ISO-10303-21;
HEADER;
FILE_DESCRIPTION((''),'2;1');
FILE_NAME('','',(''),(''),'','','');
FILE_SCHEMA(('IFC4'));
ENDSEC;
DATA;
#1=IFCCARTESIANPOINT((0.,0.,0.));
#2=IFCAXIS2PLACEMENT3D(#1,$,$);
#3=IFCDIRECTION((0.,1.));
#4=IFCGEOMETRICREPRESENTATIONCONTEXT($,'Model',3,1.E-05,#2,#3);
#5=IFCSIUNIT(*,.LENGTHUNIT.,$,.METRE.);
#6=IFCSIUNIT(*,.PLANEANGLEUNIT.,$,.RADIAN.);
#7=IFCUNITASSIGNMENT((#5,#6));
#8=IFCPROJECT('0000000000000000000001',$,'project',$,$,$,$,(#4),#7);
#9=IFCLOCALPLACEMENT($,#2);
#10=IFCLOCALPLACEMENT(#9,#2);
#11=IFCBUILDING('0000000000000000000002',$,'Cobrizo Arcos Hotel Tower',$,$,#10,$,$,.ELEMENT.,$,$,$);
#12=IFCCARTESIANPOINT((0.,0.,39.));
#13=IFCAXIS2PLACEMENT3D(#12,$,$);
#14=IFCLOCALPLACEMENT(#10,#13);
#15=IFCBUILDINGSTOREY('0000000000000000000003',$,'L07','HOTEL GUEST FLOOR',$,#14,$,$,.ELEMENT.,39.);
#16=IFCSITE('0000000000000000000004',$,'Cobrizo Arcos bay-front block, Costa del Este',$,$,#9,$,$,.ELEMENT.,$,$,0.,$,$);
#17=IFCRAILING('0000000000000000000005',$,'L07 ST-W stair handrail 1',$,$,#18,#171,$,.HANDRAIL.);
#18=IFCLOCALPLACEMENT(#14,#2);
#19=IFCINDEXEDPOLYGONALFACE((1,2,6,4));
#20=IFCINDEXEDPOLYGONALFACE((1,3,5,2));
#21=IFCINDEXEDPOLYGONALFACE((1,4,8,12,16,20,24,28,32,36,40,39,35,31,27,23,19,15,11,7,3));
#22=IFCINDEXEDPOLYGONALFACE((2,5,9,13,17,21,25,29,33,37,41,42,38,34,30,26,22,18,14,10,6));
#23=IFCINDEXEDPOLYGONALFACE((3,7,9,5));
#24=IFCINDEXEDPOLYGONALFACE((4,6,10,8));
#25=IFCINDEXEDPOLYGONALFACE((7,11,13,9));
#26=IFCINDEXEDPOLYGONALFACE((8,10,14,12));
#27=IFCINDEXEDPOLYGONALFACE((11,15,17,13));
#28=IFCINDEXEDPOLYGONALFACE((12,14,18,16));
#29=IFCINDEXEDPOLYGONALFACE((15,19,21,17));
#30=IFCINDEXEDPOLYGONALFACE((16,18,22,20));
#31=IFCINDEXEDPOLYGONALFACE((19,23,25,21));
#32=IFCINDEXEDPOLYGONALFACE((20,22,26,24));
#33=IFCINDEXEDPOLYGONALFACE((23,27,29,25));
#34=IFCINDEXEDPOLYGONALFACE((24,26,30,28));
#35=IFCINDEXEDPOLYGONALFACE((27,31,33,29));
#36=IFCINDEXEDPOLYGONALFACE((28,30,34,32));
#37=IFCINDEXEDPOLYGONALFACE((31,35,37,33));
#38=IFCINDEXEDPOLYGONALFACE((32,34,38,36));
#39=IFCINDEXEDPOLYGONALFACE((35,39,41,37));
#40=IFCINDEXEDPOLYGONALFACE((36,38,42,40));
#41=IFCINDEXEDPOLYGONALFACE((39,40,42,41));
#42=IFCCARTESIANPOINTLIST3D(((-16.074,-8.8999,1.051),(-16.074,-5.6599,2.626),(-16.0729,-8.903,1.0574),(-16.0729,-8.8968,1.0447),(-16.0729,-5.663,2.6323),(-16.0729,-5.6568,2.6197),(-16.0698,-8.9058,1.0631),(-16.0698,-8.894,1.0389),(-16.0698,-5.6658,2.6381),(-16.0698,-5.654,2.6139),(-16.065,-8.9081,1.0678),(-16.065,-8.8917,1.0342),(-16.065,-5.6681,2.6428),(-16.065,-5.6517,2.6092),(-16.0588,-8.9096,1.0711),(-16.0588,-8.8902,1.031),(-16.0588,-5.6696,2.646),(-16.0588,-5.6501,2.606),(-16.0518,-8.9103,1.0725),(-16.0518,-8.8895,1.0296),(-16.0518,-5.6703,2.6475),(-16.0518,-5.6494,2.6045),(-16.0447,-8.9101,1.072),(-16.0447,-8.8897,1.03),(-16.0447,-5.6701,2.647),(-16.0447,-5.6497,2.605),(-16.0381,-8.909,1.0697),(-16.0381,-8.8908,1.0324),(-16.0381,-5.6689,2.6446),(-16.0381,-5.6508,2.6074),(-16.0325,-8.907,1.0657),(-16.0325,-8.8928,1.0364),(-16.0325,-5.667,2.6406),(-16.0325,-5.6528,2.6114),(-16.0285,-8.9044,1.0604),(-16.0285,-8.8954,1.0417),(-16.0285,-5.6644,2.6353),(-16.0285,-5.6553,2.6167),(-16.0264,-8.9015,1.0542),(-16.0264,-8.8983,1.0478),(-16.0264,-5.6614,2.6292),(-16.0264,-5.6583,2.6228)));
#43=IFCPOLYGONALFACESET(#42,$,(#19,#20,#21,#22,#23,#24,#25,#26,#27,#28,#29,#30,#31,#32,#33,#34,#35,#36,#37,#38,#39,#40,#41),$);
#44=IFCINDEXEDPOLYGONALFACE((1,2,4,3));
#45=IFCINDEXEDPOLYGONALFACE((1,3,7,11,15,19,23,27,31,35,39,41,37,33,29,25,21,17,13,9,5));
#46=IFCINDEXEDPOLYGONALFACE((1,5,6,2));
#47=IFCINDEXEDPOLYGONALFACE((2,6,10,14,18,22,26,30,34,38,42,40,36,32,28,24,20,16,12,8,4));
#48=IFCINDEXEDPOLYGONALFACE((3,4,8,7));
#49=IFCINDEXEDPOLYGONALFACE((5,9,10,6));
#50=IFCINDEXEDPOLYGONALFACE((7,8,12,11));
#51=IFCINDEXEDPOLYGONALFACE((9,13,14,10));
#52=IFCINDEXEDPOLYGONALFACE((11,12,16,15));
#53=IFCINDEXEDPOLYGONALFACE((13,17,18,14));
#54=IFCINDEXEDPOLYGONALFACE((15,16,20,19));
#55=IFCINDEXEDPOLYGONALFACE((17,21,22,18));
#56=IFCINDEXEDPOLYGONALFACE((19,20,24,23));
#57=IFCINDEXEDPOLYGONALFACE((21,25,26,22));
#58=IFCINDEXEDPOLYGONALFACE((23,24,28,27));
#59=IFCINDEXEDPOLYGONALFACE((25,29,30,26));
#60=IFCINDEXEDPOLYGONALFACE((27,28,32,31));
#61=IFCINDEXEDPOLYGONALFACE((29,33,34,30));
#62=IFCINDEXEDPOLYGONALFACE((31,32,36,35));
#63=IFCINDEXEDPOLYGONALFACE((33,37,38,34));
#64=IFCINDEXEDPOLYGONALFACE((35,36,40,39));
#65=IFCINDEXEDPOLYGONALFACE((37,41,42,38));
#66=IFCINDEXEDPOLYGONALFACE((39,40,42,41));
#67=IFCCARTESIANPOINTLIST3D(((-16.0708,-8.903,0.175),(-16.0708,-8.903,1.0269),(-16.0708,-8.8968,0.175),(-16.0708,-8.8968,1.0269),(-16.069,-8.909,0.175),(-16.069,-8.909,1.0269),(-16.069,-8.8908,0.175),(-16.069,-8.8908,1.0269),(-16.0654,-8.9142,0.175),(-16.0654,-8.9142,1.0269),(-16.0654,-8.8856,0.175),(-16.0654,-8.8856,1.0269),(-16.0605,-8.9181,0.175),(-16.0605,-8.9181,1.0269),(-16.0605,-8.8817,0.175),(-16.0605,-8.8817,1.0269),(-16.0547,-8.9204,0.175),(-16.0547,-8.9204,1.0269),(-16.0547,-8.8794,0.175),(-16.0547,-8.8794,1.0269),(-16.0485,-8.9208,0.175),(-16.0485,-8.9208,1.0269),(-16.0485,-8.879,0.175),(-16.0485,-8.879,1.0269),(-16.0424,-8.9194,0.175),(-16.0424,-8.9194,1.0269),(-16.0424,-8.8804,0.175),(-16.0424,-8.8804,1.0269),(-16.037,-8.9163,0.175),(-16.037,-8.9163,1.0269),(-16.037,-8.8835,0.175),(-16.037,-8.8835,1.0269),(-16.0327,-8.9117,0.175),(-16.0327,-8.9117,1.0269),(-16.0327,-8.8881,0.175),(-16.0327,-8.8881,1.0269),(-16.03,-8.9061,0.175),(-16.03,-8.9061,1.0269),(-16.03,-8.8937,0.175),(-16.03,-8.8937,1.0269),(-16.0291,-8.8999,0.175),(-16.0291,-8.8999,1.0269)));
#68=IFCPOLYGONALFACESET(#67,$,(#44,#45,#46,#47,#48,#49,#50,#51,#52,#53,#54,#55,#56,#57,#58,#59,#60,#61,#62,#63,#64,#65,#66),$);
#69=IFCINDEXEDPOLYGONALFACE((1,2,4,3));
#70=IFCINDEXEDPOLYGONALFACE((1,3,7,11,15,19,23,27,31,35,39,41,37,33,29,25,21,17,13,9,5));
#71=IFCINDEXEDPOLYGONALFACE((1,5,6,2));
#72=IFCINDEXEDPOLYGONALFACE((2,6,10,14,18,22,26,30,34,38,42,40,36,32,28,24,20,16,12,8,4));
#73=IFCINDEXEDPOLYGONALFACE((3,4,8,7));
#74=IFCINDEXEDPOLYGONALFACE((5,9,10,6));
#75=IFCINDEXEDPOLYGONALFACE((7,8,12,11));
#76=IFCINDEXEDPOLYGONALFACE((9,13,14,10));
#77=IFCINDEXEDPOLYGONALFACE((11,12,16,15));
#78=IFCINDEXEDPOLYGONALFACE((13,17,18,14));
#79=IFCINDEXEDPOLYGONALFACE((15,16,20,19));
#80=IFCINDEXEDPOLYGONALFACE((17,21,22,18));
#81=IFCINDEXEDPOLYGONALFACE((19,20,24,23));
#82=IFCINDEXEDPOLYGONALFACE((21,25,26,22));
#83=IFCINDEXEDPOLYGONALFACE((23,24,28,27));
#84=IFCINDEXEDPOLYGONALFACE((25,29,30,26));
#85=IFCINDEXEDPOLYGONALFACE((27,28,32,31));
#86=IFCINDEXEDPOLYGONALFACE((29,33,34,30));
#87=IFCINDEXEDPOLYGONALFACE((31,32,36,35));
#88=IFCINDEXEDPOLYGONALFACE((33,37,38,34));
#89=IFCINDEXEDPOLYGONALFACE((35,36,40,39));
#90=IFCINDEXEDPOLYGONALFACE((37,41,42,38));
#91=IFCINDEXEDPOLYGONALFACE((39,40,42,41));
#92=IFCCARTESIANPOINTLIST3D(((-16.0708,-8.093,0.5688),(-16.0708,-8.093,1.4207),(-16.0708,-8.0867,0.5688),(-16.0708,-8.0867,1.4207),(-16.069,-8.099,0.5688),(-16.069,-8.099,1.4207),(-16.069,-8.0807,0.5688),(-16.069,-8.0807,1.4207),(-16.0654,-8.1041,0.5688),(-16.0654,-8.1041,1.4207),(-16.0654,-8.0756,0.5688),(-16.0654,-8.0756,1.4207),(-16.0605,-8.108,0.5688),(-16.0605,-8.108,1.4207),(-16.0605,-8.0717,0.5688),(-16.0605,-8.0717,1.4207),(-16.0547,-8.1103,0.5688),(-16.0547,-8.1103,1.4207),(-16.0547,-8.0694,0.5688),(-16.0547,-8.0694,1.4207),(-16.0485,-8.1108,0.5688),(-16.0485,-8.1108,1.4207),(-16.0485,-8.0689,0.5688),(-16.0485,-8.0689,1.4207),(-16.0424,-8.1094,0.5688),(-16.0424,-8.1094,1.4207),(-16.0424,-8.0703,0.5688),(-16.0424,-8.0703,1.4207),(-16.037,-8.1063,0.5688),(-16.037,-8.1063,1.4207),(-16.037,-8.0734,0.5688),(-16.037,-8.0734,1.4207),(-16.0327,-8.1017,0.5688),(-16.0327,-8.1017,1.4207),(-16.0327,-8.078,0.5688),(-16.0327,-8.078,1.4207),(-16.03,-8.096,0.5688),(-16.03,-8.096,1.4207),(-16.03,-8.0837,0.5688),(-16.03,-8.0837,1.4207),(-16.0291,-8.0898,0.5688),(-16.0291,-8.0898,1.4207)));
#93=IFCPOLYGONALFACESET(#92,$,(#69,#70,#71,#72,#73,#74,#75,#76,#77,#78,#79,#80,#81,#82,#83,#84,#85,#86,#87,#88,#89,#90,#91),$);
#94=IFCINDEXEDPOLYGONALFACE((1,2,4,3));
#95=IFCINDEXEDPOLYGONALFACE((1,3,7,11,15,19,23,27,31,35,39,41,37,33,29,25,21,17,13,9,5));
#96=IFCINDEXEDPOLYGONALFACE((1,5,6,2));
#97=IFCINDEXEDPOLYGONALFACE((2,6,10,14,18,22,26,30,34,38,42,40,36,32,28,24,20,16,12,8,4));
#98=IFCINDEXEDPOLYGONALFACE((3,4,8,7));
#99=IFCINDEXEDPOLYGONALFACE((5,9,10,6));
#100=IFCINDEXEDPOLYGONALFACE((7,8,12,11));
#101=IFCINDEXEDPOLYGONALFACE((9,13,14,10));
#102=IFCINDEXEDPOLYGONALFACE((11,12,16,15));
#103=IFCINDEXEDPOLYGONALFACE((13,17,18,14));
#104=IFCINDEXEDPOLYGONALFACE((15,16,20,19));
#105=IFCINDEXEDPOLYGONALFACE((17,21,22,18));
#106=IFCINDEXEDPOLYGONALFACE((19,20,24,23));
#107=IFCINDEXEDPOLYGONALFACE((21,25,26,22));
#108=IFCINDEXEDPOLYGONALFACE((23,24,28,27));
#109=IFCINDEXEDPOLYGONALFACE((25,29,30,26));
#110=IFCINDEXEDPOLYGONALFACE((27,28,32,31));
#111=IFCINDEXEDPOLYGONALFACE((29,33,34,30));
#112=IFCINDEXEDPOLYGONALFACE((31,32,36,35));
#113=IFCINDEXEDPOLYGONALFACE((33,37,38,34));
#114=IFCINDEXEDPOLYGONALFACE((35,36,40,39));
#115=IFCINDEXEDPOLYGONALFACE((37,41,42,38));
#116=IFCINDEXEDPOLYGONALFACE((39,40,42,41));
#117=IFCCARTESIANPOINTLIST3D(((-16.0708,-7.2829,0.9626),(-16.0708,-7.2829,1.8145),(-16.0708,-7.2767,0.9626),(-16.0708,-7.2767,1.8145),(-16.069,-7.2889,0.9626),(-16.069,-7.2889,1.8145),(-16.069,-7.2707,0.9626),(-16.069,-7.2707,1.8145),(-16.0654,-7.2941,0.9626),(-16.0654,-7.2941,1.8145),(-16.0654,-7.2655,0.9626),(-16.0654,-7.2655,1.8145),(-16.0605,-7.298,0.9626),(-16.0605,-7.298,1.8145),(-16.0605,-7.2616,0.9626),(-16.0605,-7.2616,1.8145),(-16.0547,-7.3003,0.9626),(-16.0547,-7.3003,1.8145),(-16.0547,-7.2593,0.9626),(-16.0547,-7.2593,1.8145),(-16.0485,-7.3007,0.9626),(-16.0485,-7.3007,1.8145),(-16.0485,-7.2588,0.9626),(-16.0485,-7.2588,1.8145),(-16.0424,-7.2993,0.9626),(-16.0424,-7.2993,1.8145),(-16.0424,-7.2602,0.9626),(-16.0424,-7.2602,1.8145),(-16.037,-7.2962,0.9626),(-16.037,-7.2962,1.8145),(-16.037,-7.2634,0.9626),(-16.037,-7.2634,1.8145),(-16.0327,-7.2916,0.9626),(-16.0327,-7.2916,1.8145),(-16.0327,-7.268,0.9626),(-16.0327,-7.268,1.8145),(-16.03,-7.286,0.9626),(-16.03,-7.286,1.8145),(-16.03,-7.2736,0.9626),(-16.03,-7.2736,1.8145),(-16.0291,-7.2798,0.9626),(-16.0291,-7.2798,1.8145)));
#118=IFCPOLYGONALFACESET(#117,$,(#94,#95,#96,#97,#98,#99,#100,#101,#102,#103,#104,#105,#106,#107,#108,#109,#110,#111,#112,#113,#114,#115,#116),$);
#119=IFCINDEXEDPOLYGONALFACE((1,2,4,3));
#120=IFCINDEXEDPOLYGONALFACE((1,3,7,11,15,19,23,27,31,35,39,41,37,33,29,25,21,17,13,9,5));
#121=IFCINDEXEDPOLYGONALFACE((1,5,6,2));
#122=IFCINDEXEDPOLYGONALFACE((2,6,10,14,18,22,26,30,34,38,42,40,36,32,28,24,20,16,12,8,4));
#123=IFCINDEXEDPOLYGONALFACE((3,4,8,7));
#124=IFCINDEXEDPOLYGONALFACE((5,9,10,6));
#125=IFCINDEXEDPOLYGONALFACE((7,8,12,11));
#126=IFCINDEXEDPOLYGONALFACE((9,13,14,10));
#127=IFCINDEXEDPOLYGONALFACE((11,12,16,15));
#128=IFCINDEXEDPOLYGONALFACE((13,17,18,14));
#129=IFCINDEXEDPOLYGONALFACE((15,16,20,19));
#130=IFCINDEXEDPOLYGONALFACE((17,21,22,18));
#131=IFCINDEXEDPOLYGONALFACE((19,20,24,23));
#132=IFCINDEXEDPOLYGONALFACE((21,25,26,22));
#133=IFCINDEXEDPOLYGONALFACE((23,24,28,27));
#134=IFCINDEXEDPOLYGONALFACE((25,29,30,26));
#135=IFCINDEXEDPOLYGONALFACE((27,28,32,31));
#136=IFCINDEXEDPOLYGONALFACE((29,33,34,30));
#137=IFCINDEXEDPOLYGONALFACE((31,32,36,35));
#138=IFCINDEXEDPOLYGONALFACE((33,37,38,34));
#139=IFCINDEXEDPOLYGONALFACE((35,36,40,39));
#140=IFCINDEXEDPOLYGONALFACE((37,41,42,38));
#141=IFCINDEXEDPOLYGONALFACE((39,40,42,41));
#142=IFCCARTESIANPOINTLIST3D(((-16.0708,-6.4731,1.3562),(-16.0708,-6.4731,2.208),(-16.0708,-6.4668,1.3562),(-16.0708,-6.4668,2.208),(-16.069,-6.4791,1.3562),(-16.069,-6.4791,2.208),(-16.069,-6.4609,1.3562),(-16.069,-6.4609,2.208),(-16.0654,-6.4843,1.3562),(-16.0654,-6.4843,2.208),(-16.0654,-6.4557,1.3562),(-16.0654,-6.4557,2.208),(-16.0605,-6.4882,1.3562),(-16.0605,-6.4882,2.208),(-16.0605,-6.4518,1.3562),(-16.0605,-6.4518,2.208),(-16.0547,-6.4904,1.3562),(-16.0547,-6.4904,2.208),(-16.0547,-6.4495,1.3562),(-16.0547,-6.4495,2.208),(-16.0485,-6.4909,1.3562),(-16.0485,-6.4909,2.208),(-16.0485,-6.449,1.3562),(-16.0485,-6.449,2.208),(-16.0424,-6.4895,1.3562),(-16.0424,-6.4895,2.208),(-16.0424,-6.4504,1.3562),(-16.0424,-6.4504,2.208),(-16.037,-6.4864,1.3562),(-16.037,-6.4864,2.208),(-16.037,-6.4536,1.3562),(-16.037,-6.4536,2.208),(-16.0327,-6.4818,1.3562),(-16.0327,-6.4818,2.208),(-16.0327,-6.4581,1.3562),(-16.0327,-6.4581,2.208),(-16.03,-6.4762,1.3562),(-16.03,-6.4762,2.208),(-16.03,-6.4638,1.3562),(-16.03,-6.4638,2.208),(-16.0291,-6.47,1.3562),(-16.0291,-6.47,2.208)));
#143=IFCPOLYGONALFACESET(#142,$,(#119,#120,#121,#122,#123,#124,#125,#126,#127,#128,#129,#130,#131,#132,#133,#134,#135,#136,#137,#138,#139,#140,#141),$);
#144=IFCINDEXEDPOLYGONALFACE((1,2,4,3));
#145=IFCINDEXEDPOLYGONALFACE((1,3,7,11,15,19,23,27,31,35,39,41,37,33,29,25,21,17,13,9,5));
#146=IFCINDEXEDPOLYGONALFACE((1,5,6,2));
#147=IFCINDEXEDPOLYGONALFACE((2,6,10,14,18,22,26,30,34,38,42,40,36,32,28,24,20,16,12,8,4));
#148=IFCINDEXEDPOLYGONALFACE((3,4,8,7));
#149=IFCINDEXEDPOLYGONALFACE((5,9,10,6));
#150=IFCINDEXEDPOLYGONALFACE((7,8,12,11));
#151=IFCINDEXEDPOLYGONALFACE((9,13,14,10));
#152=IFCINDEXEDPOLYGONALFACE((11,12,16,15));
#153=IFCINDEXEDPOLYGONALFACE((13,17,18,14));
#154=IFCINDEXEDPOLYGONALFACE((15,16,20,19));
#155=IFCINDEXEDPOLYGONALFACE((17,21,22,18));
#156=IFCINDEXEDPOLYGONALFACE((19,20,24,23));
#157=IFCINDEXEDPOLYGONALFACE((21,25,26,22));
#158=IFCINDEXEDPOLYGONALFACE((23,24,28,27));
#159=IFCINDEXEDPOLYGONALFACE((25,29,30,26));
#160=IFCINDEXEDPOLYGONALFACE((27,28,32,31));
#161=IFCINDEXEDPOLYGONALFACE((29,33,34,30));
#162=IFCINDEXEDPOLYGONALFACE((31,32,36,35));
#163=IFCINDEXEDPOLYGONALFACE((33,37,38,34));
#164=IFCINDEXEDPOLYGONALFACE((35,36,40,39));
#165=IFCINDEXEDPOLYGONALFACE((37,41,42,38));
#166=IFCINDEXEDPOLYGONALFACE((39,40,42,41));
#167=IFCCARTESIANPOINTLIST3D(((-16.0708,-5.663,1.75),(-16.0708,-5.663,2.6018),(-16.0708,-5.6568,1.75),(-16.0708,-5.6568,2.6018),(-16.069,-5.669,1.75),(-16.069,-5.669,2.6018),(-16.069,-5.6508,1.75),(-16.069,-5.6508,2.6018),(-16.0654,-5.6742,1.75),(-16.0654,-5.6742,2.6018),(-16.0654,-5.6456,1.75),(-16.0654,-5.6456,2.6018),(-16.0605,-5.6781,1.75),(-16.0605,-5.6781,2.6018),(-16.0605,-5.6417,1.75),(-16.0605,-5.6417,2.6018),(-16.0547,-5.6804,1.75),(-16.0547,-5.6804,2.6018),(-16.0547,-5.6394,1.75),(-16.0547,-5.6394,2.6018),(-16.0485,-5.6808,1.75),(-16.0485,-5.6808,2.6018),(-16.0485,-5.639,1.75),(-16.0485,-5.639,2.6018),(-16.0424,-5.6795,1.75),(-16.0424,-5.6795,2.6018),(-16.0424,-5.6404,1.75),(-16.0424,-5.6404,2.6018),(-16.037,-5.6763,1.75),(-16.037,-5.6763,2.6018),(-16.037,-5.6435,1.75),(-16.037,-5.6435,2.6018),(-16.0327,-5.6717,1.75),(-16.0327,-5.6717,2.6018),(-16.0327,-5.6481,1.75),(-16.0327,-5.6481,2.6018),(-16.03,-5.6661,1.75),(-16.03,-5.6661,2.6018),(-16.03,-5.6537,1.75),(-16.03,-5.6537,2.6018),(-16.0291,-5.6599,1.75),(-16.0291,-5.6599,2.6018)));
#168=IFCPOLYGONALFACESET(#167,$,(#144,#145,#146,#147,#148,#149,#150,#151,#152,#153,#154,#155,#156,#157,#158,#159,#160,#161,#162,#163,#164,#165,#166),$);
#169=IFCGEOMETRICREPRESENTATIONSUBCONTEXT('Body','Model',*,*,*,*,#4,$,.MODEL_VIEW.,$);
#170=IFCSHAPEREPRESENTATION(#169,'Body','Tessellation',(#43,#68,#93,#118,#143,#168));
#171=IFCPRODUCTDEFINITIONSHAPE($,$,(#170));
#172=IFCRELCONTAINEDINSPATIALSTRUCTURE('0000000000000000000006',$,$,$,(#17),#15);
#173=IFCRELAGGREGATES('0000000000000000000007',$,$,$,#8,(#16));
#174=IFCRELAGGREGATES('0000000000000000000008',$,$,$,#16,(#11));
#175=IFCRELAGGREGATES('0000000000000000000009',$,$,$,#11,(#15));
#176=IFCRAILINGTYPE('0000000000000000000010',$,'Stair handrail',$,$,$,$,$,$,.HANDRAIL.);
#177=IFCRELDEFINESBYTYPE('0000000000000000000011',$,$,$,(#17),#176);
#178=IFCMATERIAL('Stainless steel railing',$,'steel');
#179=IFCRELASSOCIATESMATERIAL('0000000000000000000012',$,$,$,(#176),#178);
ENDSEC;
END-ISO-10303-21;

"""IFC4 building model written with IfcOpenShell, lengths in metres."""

from ifc_helpers import new_model, si_unit, direction, frame, origin, origin_2d, place, context, subcontext, project, spatial, circle, extrude, material, type_object, element, save


model = new_model("IFC4")

# Units and contexts
model_context = context("Model", 3, precision=1e-05, world=origin(), true_north=direction((0.0, 1.0)))
body_context = subcontext(model_context, "Body", "Model", "MODEL_VIEW")
ifc_project = project(units=[si_unit("LENGTHUNIT", "METRE"), si_unit("PLANEANGLEUNIT", "RADIAN")], contexts=[model_context])

# Site, building, storey
site_placement = place(None, origin())
site = spatial("IfcSite", under=ifc_project, at=site_placement, Name="Cobrizo Arcos bay-front block, Costa del Este", CompositionType="ELEMENT", RefElevation=0.0)
building_placement = place(site_placement, origin())
building = spatial("IfcBuilding", under=site, at=building_placement, Name="Cobrizo Arcos Hotel Tower", CompositionType="ELEMENT")
storey_placement = place(building_placement, frame((0.0, 0.0, 39.0)))
storey = spatial("IfcBuildingStorey", under=building, at=storey_placement, Name="L07", Description="HOTEL GUEST FLOOR", CompositionType="ELEMENT", Elevation=39.0)

# Railing
ifc_material_1 = material(Name="Stainless steel railing", Category="steel")
railing_type = type_object("IfcRailingType", Name="Stair handrail", PredefinedType="HANDRAIL", material=ifc_material_1)
railing_placement = place(storey_placement, frame((-16.05, -8.8999, 0.175)))
element("IfcRailing", 1, at=railing_placement, inside=storey, type_object=railing_type, Name="L07 ST-W stair handrail 1", PredefinedType="HANDRAIL", context=body_context, shape_type="SweptSolid", body=[
    extrude(circle(Radius=0.0239, at=origin_2d()), frame((0.0, 0.0, 0.876), z_axis=(0.0, 0.899373, 0.437183), x_axis=(-1.0, 0.0, 0.0)), (0.0, 0.0, 1.0), 3.6025),
    extrude(circle(Radius=0.021, at=origin_2d()), origin(), (0.0, 0.0, 1.0), 0.8518),
    extrude(circle(Radius=0.021, at=origin_2d()), frame((0.0, 0.8101, 0.3938)), (0.0, 0.0, 1.0), 0.8518),
    extrude(circle(Radius=0.021, at=origin_2d()), frame((0.0, 1.6201, 0.7876)), (0.0, 0.0, 1.0), 0.8518),
    extrude(circle(Radius=0.021, at=origin_2d()), frame((0.0, 2.4299, 1.1812)), (0.0, 0.0, 1.0), 0.8518),
    extrude(circle(Radius=0.021, at=origin_2d()), frame((0.0, 3.24, 1.575)), (0.0, 0.0, 1.0), 0.8518),
])

save(model, "model.ifc")
